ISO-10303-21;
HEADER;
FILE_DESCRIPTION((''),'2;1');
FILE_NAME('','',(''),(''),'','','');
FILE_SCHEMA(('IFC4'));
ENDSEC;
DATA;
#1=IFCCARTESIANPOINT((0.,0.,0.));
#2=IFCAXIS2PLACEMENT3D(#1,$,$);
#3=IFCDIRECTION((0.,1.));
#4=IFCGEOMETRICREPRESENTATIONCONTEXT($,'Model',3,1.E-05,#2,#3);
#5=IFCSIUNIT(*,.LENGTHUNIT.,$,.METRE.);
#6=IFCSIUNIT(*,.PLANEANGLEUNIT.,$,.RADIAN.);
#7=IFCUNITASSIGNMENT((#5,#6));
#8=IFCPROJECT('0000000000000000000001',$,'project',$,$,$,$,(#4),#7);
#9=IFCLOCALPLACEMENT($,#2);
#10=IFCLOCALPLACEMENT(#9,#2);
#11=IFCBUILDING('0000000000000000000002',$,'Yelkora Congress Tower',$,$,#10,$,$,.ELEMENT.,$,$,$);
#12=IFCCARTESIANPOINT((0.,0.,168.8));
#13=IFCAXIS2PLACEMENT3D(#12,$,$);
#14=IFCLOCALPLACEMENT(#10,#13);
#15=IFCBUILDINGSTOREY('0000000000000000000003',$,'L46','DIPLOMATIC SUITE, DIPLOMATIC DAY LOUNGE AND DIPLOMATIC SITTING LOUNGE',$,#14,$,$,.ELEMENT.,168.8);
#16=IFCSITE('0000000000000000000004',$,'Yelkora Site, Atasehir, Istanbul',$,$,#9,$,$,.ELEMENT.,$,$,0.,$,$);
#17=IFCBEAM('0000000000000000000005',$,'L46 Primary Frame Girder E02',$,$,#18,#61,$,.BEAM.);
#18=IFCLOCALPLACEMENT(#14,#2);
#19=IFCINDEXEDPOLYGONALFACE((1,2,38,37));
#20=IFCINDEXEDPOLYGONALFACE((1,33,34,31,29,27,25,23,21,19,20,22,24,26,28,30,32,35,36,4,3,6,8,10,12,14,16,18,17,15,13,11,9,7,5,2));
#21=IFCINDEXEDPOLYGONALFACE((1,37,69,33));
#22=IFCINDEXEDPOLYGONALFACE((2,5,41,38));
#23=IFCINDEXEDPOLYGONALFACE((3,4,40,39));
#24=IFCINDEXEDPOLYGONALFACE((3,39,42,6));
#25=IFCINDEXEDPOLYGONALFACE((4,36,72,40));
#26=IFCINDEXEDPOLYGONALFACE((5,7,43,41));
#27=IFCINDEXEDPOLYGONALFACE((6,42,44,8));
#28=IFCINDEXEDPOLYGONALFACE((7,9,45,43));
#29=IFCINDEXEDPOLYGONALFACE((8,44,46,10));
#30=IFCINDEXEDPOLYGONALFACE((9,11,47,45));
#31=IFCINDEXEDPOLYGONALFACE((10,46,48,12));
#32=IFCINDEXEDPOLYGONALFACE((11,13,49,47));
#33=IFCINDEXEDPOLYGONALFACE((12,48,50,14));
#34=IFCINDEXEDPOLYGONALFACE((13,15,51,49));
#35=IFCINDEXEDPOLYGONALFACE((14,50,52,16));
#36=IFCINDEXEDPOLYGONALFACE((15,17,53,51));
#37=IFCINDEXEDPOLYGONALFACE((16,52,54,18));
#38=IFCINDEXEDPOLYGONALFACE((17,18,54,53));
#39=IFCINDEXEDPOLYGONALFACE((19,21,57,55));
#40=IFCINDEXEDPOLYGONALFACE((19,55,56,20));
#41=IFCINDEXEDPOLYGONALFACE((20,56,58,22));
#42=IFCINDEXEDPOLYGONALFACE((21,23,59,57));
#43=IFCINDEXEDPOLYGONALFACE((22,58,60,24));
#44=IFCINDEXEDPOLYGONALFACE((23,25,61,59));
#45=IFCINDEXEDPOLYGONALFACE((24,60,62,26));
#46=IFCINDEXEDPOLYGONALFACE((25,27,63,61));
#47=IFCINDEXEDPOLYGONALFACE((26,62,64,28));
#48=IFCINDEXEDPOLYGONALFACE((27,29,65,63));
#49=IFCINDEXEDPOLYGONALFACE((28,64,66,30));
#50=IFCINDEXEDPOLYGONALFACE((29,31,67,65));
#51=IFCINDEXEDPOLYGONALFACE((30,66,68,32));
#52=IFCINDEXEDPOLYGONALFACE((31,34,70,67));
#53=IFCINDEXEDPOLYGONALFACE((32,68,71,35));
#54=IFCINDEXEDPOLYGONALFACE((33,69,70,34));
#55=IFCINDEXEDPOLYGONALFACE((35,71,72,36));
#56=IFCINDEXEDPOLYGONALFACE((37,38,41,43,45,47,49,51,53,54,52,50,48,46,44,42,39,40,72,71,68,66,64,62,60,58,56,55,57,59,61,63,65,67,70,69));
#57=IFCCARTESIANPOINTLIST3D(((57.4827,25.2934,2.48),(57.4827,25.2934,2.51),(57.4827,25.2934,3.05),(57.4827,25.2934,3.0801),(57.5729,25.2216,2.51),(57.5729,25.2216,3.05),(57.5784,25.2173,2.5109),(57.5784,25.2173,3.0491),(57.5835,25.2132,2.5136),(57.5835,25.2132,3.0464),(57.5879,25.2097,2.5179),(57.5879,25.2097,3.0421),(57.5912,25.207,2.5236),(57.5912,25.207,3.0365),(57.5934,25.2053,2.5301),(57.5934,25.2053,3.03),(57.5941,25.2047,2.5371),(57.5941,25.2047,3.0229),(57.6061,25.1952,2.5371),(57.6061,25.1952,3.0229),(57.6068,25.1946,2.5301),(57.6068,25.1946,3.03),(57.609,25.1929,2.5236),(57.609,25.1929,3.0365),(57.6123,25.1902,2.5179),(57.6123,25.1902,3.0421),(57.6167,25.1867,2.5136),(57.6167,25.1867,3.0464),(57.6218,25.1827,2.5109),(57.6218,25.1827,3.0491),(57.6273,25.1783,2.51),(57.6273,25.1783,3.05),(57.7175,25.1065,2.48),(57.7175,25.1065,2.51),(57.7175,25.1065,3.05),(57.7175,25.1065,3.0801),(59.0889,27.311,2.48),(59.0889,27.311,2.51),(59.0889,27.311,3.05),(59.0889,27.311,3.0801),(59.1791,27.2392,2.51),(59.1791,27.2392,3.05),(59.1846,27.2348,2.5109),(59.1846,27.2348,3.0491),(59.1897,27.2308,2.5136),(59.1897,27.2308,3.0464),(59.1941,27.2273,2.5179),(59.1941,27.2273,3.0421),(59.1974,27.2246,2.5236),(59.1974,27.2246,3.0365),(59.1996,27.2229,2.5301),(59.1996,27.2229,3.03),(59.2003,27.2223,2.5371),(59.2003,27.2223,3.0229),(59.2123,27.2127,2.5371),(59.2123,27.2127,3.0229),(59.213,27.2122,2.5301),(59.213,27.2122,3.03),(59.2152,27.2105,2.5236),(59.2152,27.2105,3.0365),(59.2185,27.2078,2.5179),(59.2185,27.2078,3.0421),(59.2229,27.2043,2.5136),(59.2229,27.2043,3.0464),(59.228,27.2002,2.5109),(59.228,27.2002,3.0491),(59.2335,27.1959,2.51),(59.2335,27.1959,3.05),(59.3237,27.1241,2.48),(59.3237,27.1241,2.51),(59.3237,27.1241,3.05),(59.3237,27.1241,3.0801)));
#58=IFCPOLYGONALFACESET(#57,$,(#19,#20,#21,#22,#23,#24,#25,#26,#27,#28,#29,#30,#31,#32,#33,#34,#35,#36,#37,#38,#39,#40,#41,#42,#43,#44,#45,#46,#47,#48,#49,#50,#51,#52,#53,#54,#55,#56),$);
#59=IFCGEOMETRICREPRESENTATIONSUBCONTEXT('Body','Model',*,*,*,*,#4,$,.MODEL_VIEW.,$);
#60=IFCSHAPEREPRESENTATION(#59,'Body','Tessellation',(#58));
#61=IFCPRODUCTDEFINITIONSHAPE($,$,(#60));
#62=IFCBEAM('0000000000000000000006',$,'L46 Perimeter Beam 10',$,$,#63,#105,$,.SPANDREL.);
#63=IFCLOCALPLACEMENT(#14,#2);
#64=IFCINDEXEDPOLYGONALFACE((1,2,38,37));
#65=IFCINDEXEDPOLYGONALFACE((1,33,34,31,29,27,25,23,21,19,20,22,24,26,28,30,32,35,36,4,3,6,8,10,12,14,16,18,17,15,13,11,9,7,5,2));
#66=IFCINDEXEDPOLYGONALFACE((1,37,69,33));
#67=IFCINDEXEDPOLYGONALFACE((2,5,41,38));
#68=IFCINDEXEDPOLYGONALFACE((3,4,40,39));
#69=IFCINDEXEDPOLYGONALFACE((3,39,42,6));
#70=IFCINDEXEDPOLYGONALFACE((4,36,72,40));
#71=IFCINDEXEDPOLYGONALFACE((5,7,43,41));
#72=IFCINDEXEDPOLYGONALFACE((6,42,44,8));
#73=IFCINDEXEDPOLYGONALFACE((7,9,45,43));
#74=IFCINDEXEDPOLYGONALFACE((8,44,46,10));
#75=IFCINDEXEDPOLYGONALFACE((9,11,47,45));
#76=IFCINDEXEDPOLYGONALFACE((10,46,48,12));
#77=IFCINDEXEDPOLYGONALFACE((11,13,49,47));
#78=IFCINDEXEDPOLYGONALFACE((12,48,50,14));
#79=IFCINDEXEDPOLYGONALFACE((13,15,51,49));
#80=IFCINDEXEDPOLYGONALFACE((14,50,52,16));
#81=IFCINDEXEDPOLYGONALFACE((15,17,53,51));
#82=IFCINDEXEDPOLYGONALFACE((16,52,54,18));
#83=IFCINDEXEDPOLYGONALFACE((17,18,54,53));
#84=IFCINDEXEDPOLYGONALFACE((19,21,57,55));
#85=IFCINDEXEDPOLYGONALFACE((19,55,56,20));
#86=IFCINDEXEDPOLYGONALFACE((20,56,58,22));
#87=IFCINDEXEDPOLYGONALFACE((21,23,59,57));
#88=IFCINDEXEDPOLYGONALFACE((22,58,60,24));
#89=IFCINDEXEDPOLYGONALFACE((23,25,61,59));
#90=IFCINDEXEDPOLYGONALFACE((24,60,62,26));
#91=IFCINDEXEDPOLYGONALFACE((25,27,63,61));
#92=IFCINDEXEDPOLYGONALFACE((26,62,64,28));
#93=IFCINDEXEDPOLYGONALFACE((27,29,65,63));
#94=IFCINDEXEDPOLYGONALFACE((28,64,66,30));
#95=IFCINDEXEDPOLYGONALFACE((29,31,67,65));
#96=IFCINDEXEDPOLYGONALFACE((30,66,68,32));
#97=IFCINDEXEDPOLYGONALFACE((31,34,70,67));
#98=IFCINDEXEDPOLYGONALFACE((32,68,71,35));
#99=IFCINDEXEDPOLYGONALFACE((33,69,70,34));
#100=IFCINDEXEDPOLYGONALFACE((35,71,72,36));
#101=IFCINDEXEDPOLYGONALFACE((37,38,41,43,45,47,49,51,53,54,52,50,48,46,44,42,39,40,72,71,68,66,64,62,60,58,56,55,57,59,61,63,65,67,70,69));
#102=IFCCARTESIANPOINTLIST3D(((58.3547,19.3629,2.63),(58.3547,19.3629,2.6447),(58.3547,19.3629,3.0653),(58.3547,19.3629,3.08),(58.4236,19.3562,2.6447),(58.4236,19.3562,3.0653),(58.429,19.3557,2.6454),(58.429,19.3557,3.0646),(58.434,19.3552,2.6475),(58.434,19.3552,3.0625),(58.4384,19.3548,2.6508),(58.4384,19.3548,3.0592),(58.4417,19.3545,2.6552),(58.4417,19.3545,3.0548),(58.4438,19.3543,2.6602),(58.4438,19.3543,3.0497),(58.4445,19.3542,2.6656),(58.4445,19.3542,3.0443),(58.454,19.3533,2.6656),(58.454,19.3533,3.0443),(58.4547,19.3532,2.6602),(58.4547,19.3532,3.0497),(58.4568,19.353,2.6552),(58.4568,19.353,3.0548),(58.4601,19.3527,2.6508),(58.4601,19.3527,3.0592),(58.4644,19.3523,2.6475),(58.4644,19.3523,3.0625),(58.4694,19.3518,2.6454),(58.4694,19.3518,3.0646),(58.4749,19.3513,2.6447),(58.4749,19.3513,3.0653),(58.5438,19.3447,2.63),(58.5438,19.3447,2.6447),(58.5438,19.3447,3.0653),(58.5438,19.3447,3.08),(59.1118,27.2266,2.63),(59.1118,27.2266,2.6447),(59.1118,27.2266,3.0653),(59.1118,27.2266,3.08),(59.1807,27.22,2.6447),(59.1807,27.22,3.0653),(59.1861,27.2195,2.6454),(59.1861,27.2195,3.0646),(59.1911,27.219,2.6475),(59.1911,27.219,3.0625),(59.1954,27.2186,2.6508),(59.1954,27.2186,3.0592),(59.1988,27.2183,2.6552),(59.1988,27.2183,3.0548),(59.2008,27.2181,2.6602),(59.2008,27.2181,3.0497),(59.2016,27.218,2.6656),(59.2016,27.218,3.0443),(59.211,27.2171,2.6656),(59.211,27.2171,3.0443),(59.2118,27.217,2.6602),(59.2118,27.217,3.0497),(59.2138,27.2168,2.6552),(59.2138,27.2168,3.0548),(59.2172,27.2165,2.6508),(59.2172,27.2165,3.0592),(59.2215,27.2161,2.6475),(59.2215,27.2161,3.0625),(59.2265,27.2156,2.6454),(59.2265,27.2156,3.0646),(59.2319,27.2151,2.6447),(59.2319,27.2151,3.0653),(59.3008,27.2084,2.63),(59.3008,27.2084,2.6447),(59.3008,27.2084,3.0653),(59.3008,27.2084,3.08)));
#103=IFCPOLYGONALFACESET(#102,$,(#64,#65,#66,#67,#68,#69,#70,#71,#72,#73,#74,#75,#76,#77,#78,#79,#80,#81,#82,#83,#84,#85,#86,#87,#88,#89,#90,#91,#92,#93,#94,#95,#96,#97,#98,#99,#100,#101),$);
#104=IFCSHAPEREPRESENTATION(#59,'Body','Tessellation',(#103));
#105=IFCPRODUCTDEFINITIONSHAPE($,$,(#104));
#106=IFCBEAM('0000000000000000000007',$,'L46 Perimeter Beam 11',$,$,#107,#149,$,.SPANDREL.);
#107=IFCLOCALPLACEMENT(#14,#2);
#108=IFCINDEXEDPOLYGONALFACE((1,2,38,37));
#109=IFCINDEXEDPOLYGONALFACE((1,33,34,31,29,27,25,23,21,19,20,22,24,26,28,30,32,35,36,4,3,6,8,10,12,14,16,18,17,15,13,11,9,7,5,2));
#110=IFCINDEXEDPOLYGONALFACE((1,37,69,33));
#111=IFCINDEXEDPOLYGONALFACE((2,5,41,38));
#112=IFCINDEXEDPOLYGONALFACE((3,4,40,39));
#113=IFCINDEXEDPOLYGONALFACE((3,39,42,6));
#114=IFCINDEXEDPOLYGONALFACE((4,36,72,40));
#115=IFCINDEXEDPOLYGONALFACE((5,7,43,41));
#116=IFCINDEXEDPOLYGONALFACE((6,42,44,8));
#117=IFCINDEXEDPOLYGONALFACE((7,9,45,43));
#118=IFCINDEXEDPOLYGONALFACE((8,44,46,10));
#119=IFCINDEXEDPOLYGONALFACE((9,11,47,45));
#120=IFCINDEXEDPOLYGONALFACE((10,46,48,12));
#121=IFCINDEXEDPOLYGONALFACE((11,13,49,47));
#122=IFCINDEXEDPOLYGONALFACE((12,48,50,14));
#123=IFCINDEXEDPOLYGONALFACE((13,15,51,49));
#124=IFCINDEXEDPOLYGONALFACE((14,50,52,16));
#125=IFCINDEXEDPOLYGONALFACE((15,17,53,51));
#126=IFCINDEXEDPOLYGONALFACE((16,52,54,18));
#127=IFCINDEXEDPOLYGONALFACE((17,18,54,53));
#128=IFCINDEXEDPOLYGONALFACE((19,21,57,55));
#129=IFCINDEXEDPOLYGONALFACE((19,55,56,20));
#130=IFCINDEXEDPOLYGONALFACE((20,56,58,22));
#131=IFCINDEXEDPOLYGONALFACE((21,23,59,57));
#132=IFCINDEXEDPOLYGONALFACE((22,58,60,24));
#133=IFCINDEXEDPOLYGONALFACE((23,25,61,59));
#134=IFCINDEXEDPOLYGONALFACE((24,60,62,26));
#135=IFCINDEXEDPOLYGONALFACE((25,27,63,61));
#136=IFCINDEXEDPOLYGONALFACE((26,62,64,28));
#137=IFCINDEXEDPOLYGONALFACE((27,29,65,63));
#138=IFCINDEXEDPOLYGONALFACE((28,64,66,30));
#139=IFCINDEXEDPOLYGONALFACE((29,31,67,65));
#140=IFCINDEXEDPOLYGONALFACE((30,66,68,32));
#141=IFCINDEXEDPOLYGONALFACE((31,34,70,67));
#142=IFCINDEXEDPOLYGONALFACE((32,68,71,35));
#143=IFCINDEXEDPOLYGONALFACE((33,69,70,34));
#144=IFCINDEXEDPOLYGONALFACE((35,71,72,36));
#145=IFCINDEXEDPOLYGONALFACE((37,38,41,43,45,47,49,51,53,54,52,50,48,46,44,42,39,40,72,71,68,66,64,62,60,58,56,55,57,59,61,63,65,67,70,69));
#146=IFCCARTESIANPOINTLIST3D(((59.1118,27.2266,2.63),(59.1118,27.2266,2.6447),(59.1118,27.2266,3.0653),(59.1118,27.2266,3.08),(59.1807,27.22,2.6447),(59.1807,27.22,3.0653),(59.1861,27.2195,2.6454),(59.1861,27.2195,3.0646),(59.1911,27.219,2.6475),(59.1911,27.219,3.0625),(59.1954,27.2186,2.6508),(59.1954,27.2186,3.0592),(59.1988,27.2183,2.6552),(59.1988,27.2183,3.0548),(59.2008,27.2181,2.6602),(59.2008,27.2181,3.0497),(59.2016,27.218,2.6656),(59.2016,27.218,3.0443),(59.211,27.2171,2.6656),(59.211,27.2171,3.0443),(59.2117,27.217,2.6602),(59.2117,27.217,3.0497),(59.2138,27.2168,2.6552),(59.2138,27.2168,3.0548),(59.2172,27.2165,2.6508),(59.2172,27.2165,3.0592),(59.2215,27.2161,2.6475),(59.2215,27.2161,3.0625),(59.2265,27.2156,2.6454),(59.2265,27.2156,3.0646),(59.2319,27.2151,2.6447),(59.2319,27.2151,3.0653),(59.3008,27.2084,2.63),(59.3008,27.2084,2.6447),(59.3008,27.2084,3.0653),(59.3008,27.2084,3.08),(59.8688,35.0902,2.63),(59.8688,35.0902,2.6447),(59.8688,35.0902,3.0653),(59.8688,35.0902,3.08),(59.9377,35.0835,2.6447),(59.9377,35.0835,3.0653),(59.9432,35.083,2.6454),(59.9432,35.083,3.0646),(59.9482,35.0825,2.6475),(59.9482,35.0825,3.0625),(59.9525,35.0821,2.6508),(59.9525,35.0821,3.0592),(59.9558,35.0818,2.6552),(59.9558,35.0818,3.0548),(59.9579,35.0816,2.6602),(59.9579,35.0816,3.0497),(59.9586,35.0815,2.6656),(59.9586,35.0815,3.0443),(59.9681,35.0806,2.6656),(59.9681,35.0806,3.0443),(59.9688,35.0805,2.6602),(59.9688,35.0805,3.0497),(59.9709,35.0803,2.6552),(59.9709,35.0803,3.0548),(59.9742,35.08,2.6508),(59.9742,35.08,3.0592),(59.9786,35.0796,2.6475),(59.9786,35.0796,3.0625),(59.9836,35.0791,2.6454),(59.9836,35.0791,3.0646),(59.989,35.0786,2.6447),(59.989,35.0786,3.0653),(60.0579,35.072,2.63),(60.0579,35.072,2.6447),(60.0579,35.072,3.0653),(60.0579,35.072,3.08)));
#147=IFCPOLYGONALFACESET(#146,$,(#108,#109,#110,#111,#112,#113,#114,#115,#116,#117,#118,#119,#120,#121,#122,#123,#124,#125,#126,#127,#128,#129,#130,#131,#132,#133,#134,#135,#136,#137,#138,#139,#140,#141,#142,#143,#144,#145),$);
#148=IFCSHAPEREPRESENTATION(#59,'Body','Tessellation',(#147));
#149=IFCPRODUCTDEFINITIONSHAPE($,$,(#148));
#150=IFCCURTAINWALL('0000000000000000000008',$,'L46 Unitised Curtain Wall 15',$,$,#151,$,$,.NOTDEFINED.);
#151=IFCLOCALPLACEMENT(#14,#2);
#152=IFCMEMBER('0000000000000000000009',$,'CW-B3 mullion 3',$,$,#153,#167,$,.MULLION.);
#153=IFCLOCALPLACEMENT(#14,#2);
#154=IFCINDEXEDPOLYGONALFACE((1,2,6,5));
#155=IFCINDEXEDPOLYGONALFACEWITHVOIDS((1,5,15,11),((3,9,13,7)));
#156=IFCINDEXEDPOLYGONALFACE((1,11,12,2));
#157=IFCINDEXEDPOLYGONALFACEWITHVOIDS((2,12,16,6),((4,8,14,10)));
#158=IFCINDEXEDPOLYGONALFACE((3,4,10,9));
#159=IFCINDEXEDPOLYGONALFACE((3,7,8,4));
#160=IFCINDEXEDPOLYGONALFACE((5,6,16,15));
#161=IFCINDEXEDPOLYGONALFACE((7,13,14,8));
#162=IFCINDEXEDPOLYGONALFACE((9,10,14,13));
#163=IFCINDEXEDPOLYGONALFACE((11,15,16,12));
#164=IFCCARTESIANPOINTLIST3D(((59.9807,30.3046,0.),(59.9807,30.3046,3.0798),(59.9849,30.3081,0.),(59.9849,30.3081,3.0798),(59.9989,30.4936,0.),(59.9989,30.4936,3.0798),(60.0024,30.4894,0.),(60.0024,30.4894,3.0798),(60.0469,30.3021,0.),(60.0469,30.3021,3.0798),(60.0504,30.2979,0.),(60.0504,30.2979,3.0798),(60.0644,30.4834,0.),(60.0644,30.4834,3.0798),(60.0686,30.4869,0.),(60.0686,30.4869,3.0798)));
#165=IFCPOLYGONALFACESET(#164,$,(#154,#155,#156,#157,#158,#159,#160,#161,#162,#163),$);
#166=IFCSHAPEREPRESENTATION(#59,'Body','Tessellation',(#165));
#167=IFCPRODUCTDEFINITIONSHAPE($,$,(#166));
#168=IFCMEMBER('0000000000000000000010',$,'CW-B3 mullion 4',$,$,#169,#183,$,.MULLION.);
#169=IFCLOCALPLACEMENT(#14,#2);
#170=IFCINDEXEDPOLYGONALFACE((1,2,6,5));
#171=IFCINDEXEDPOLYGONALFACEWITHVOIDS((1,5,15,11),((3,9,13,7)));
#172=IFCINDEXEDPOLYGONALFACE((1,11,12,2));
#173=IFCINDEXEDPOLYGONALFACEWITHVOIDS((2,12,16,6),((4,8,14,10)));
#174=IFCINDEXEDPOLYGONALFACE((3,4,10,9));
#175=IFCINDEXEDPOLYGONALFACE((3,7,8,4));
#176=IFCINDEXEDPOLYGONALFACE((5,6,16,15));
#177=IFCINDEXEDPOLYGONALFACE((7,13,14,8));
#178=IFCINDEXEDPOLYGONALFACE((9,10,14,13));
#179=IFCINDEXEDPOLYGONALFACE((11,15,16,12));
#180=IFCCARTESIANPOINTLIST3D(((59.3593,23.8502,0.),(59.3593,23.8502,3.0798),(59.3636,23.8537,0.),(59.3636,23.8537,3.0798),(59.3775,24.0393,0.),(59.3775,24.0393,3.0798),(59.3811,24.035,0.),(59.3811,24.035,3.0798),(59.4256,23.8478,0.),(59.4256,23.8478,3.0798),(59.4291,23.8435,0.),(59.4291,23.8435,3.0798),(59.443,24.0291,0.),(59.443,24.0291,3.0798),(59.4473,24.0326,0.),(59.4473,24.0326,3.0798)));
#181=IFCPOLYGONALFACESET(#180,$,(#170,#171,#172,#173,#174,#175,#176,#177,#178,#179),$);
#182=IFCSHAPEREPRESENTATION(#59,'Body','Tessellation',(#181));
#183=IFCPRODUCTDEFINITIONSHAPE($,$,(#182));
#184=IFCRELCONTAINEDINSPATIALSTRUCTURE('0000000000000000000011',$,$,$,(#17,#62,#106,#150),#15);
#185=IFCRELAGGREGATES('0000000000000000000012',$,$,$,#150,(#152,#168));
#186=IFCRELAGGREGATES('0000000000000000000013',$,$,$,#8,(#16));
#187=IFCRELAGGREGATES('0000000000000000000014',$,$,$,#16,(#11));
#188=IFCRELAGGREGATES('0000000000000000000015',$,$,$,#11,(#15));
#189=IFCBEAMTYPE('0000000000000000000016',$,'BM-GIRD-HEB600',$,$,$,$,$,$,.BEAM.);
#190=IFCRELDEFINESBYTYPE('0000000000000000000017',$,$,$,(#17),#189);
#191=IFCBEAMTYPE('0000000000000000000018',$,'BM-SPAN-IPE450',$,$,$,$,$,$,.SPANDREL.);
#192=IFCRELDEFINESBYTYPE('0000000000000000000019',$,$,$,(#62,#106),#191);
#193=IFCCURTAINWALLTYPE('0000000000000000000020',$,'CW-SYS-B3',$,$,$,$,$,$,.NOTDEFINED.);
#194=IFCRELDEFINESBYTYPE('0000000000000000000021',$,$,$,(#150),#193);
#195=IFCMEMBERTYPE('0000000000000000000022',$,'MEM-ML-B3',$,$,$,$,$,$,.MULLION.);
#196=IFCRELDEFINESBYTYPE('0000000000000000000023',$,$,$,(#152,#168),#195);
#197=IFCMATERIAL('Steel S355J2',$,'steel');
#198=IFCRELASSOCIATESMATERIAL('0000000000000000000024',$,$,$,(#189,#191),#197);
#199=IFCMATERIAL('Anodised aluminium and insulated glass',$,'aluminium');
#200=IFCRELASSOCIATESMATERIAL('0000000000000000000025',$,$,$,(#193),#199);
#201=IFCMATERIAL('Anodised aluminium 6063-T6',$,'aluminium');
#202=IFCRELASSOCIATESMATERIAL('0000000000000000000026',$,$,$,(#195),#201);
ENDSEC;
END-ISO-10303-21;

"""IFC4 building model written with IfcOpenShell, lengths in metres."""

from ifc_helpers import new_model, si_unit, direction, frame, origin, origin_2d, place, context, subcontext, project, spatial, hollow_rectangle, i_section, extrude, material, material_profile, profile_set, type_object, element, aggregate, save


model = new_model("IFC4")

# Units and contexts
model_context = context("Model", 3, precision=1e-05, world=origin(), true_north=direction((0.0, 1.0)))
body_context = subcontext(model_context, "Body", "Model", "MODEL_VIEW")
ifc_project = project(units=[si_unit("LENGTHUNIT", "METRE"), si_unit("PLANEANGLEUNIT", "RADIAN")], contexts=[model_context])

# Site, building, storey
site_placement = place(None, origin())
site = spatial("IfcSite", under=ifc_project, at=site_placement, Name="Yelkora Site, Atasehir, Istanbul", CompositionType="ELEMENT", RefElevation=0.0)
building_placement = place(site_placement, origin())
building = spatial("IfcBuilding", under=site, at=building_placement, Name="Yelkora Congress Tower", CompositionType="ELEMENT")
storey_placement = place(building_placement, frame((0.0, 0.0, 168.8)))
storey = spatial("IfcBuildingStorey", under=building, at=storey_placement, Name="L46", Description="DIPLOMATIC SUITE, DIPLOMATIC DAY LOUNGE AND DIPLOMATIC SITTING LOUNGE", CompositionType="ELEMENT", Elevation=168.8)

# Beams
ifc_material_1 = material(Name="Steel S355J2", Category="steel")
ifc_material_profile_1 = material_profile(ifc_material_1, i_section(OverallWidth=0.3, OverallDepth=0.6001, WebThickness=0.0154, FlangeThickness=0.03, FilletRadius=0.0271, at=origin_2d()), Name="HEB 600")
ifc_profile_set_1 = profile_set([ifc_material_profile_1], Name="Steel S355J2")
beam_type_1 = type_object("IfcBeamType", Name="BM-GIRD-HEB600", PredefinedType="BEAM", material=ifc_profile_set_1)
beam_1_placement = place(storey_placement, frame((59.2063, 27.2175, 2.78), z_axis=(-0.622835, -0.782354, 0.0), x_axis=(0.782354, -0.622835, 0.0)))
element("IfcBeam", 1, at=beam_1_placement, inside=storey, type_object=beam_type_1, Name="L46 Primary Frame Girder E02", PredefinedType="BEAM", context=body_context, shape_type="SweptSolid", body=[
    extrude(i_section(OverallWidth=0.3, OverallDepth=0.6001, WebThickness=0.0154, FlangeThickness=0.03, FilletRadius=0.0271, at=origin_2d()), origin(), (0.0, 0.0, 1.0), 2.5789),
])
ifc_material_profile_2 = material_profile(ifc_material_1, i_section(OverallWidth=0.1899, OverallDepth=0.45, WebThickness=0.0095, FlangeThickness=0.0146, FilletRadius=0.021, at=origin_2d()), Name="IPE 450")
ifc_profile_set_2 = profile_set([ifc_material_profile_2], Name="Steel S355J2")
beam_type_2 = type_object("IfcBeamType", Name="BM-SPAN-IPE450", PredefinedType="SPANDREL", material=ifc_profile_set_2)
beam_2_placement = place(storey_placement, frame((58.4492, 19.3538, 2.855), z_axis=(0.095831, 0.995398, 0.0), x_axis=(-0.995398, 0.095831, 0.0)))
element("IfcBeam", 2, at=beam_2_placement, inside=storey, type_object=beam_type_2, Name="L46 Perimeter Beam 10", PredefinedType="SPANDREL", context=body_context, shape_type="SweptSolid", body=[
    extrude(i_section(OverallWidth=0.1899, OverallDepth=0.45, WebThickness=0.0095, FlangeThickness=0.0146, FilletRadius=0.021, at=origin_2d()), origin(), (0.0, 0.0, 1.0), 7.9001),
])
beam_3_placement = place(storey_placement, frame((59.2063, 27.2175, 2.855), z_axis=(0.095834, 0.995397, 0.0), x_axis=(-0.995397, 0.095834, 0.0)))
element("IfcBeam", 3, at=beam_3_placement, inside=storey, type_object=beam_type_2, Name="L46 Perimeter Beam 11", PredefinedType="SPANDREL", context=body_context, shape_type="SweptSolid", body=[
    extrude(i_section(OverallWidth=0.1899, OverallDepth=0.45, WebThickness=0.0095, FlangeThickness=0.0146, FilletRadius=0.021, at=origin_2d()), origin(), (0.0, 0.0, 1.0), 7.8999),
])

# Curtain wall, members
ifc_material_2 = material(Name="Anodised aluminium and insulated glass", Category="aluminium")
curtain_wall_type = type_object("IfcCurtainWallType", Name="CW-SYS-B3", PredefinedType="NOTDEFINED", material=ifc_material_2)
curtain_wall_placement = place(storey_placement, origin())
curtain_wall = element("IfcCurtainWall", 4, at=curtain_wall_placement, inside=storey, type_object=curtain_wall_type, Name="L46 Unitised Curtain Wall 15", PredefinedType="NOTDEFINED")
ifc_material_3 = material(Name="Anodised aluminium 6063-T6", Category="aluminium")
ifc_material_profile_3 = material_profile(ifc_material_3, hollow_rectangle(XDim=0.0701, YDim=0.1899, WallThickness=0.0039, at=origin_2d()), Name="ALU 70x190x4")
ifc_profile_set_3 = profile_set([ifc_material_profile_3], Name="Anodised aluminium 6063-T6")
member_type_1 = type_object("IfcMemberType", Name="MEM-ML-B3", PredefinedType="MULLION", material=ifc_profile_set_3)
member_1_placement = place(storey_placement, frame((60.0247, 30.3958, 0.0), z_axis=(0.0, 0.0, 1.0), x_axis=(0.995397, -0.095842, 0.0)))
member_1 = element("IfcMember", 5, at=member_1_placement, type_object=member_type_1, Name="CW-B3 mullion 3", PredefinedType="MULLION", context=body_context, shape_type="SweptSolid", body=[
    extrude(hollow_rectangle(XDim=0.0701, YDim=0.1899, WallThickness=0.0039, at=origin_2d()), origin(), (0.0, 0.0, 1.0), 3.0798),
])
member_2_placement = place(storey_placement, frame((59.4033, 23.9414, 0.0), z_axis=(0.0, 0.0, 1.0), x_axis=(0.995397, -0.095842, 0.0)))
member_2 = element("IfcMember", 6, at=member_2_placement, type_object=member_type_1, Name="CW-B3 mullion 4", PredefinedType="MULLION", context=body_context, shape_type="SweptSolid", body=[
    extrude(hollow_rectangle(XDim=0.0701, YDim=0.1899, WallThickness=0.0039, at=origin_2d()), origin(), (0.0, 0.0, 1.0), 3.0798),
])
aggregate(curtain_wall, [member_1, member_2])

save(model, "model.ifc")
